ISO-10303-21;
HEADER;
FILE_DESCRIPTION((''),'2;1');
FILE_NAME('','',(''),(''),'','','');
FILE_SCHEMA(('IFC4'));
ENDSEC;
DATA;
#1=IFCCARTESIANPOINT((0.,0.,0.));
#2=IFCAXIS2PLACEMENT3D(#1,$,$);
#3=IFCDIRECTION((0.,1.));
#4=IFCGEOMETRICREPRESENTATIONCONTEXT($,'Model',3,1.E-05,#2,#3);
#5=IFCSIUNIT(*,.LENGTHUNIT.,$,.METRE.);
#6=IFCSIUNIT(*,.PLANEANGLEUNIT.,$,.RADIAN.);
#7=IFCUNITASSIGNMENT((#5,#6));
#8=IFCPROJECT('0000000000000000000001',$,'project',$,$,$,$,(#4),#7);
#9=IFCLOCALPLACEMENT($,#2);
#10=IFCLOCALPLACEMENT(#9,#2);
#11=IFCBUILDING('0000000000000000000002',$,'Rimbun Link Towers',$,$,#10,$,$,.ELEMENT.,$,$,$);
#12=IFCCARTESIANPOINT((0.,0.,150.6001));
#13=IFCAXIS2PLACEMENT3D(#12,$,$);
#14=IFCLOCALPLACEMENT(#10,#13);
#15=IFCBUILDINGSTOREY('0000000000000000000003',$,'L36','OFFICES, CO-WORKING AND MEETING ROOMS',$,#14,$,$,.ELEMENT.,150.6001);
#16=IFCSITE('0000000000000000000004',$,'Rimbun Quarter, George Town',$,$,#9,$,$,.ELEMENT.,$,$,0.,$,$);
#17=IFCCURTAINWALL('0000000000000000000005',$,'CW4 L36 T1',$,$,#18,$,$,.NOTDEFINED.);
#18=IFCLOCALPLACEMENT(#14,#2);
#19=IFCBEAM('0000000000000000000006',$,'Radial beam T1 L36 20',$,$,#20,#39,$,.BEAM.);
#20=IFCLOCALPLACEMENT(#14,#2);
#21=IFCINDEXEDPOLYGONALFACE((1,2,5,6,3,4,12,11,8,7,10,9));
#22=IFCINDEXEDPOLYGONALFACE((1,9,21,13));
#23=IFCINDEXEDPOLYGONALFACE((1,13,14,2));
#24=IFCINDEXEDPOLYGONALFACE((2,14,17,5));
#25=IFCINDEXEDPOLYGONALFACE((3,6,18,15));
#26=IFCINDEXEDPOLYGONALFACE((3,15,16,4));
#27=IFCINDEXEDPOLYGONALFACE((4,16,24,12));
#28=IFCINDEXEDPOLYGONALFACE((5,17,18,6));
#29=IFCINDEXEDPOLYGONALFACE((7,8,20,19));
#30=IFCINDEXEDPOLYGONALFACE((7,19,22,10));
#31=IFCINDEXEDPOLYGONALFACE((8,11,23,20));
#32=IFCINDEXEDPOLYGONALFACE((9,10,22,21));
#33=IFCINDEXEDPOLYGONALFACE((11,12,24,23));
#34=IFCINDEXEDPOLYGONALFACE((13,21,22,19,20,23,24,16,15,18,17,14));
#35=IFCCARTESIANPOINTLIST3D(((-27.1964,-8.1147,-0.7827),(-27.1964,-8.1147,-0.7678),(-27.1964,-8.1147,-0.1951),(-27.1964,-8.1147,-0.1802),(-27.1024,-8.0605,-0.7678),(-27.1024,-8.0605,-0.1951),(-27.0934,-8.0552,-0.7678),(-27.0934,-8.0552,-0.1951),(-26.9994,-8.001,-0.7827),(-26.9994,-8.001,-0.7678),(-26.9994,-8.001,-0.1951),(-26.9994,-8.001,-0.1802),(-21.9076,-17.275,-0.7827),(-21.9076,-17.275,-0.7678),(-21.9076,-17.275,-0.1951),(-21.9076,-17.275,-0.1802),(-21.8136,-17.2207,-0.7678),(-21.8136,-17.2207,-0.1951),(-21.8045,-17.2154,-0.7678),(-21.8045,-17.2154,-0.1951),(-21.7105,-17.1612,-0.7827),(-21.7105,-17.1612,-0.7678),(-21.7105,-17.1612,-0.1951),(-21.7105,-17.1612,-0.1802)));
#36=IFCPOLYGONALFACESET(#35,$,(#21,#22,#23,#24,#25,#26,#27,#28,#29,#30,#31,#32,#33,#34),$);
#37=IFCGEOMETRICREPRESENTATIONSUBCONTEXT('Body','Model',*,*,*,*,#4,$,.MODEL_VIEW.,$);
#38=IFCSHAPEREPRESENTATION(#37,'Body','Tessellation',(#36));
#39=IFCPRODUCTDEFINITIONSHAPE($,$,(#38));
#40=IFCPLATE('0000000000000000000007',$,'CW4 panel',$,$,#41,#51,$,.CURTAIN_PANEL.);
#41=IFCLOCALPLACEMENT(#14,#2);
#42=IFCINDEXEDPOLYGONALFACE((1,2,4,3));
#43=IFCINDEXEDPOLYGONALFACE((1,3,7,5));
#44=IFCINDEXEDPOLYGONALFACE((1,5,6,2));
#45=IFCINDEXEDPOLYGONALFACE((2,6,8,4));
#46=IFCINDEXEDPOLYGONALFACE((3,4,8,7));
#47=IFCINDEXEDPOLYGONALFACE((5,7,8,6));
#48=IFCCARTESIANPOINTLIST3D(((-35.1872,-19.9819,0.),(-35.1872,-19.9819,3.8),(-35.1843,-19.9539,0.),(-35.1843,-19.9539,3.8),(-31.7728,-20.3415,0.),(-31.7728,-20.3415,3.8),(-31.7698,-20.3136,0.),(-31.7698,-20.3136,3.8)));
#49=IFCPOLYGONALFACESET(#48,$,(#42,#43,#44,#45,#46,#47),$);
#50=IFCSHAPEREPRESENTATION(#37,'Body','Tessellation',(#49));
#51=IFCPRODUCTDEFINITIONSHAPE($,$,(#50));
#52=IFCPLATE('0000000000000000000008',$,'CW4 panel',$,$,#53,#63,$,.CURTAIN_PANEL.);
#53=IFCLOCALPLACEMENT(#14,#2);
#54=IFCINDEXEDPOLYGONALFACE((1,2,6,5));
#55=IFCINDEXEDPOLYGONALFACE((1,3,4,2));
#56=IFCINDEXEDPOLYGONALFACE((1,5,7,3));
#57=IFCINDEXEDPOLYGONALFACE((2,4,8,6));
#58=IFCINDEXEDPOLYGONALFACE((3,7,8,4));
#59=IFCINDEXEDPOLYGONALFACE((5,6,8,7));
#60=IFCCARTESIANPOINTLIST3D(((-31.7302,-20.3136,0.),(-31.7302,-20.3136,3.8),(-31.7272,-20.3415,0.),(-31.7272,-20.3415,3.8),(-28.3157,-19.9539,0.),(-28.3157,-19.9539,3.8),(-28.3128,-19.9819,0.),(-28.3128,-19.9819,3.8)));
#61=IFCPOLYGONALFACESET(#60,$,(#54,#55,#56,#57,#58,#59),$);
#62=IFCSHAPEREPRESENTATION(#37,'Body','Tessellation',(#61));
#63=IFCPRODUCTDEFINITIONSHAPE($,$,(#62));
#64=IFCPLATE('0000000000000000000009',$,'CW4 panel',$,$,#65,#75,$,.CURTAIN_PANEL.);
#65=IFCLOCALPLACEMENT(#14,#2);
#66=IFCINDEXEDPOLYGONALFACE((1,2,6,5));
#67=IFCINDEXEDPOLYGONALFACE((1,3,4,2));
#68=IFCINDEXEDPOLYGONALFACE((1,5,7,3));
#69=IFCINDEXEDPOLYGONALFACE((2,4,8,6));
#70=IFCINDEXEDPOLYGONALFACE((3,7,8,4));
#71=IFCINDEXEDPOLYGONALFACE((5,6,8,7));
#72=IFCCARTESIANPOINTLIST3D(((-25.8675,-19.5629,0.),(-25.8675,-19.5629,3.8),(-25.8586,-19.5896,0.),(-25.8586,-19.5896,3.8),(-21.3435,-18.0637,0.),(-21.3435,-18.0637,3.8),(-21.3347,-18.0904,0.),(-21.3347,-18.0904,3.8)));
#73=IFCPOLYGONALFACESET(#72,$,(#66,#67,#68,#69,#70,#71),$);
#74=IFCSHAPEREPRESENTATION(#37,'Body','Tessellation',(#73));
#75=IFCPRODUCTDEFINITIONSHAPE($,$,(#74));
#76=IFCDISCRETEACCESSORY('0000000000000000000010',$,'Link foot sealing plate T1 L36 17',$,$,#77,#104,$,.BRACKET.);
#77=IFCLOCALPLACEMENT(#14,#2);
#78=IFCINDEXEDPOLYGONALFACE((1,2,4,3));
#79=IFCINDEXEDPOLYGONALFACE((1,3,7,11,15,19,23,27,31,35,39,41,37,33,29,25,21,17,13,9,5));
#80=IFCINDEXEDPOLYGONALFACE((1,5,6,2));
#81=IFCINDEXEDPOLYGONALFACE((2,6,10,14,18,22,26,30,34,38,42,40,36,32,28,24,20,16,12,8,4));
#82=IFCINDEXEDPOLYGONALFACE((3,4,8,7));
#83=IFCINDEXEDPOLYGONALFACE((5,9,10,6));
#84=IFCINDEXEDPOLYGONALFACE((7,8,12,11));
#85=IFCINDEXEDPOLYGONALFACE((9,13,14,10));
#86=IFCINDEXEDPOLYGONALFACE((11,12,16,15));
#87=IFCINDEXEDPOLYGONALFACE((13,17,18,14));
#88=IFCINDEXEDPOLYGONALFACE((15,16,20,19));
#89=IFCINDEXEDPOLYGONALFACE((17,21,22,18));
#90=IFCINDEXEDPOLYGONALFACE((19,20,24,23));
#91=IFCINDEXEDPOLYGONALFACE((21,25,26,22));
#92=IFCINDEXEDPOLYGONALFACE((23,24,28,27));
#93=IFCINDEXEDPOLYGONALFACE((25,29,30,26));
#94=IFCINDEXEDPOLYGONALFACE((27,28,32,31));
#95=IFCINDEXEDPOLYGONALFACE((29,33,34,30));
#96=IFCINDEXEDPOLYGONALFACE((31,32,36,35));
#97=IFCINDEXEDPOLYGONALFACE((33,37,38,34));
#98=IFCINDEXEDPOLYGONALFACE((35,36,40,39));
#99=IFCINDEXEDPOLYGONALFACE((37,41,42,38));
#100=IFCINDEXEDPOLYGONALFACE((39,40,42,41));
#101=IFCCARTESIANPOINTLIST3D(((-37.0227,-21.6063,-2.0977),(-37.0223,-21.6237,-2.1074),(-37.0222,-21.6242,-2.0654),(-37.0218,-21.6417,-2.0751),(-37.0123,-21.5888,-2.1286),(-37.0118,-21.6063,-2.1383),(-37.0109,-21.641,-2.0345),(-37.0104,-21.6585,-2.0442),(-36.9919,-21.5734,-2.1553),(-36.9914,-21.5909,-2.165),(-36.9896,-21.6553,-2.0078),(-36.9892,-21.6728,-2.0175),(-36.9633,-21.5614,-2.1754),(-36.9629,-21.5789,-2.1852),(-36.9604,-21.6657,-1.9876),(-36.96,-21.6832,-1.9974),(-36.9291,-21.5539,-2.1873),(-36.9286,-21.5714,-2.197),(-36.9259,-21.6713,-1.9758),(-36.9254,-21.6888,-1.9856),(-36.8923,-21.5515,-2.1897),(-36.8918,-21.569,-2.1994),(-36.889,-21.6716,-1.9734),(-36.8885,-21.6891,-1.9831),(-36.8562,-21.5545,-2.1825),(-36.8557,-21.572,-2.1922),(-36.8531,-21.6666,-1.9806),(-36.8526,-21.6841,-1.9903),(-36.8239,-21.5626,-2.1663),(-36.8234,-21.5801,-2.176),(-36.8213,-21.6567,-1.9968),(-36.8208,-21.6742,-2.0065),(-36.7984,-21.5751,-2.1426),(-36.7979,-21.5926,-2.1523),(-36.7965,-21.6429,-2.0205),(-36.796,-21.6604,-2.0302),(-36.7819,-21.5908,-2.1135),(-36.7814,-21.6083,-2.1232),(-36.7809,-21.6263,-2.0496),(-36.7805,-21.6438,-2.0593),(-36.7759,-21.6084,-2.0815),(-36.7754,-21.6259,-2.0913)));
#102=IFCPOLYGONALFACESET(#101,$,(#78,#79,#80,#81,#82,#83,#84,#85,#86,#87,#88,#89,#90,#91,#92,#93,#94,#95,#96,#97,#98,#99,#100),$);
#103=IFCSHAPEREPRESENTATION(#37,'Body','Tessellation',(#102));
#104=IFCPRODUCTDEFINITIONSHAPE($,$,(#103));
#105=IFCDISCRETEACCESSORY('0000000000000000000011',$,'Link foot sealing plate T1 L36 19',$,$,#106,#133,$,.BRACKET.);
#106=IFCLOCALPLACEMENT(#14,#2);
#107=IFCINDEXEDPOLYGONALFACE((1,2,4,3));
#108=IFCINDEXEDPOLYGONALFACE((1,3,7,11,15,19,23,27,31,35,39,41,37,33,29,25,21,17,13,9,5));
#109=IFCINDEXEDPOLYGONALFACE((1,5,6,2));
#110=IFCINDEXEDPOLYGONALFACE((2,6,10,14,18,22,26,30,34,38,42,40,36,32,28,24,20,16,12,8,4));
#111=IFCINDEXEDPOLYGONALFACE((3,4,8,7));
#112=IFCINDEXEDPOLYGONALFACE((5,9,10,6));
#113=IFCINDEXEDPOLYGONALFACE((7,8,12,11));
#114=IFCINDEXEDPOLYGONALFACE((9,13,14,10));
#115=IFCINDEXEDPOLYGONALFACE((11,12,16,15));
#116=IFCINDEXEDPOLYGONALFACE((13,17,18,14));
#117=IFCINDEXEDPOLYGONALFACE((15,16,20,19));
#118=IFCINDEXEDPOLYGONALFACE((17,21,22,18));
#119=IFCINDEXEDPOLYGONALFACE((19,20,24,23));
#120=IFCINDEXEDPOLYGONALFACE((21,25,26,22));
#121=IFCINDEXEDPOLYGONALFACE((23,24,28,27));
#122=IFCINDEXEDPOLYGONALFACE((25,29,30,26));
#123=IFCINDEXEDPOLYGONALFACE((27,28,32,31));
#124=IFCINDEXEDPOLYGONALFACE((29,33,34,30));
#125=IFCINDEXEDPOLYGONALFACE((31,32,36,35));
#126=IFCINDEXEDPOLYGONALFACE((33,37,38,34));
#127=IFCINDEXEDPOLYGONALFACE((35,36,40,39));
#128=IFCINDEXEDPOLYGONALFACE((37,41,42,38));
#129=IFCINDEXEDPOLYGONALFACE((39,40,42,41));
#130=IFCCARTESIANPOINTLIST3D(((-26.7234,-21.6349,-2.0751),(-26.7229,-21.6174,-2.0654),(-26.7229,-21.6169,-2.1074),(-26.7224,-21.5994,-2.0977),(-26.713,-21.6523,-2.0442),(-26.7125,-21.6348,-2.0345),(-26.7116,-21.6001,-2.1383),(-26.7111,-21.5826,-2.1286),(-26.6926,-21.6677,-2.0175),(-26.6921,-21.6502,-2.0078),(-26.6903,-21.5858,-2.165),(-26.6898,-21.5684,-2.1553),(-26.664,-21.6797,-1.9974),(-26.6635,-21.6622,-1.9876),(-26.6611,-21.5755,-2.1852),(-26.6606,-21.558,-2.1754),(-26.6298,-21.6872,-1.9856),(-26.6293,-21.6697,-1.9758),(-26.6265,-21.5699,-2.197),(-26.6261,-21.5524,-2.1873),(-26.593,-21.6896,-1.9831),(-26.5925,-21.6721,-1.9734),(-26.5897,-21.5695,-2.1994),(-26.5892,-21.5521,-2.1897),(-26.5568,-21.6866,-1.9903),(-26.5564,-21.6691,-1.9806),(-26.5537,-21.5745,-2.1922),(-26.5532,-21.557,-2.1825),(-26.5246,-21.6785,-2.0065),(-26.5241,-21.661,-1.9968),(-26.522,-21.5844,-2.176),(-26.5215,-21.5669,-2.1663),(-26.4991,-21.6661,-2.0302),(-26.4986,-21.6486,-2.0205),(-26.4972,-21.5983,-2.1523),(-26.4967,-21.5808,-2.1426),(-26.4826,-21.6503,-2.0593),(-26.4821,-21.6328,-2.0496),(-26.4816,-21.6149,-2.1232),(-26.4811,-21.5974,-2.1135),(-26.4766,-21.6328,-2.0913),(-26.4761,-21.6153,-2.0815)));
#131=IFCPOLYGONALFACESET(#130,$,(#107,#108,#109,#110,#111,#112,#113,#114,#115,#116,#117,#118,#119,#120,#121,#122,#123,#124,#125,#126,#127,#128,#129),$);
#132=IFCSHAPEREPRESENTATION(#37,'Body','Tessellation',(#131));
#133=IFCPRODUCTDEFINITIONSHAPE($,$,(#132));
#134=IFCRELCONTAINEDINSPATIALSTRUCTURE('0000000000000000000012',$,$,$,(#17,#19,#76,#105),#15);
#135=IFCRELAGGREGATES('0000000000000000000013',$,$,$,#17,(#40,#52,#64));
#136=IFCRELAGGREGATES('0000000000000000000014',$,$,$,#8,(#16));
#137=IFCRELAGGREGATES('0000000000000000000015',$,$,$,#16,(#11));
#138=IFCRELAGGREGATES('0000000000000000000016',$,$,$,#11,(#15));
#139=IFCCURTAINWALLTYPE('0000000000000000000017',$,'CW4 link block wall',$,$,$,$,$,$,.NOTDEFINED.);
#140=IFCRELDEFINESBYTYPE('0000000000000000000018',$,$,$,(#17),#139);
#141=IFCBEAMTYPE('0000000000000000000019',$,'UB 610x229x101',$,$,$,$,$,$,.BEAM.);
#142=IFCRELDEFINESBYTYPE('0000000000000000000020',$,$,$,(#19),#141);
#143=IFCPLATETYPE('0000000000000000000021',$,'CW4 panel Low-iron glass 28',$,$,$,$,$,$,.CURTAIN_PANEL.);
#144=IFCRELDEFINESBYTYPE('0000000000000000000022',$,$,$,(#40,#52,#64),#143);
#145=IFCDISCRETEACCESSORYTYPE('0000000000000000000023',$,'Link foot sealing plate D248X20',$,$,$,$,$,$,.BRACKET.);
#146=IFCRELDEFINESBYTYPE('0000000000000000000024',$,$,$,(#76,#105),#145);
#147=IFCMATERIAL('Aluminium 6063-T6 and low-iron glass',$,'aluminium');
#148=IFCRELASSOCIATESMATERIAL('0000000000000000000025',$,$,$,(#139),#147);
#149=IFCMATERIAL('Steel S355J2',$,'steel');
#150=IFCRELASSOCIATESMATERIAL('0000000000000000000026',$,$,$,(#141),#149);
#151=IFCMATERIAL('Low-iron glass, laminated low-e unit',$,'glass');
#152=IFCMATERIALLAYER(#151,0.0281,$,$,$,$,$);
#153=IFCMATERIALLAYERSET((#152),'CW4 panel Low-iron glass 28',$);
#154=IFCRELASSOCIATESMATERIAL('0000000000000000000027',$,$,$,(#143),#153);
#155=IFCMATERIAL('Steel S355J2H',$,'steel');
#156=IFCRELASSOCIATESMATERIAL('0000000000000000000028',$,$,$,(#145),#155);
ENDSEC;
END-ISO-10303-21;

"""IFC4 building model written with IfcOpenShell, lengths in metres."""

from ifc_helpers import new_model, si_unit, direction, frame, origin, origin_2d, place, context, subcontext, project, spatial, rectangle, circle, i_section, extrude, material, layer, layer_set, material_profile, profile_set, type_object, element, aggregate, save


model = new_model("IFC4")

# Units and contexts
model_context = context("Model", 3, precision=1e-05, world=origin(), true_north=direction((0.0, 1.0)))
body_context = subcontext(model_context, "Body", "Model", "MODEL_VIEW")
ifc_project = project(units=[si_unit("LENGTHUNIT", "METRE"), si_unit("PLANEANGLEUNIT", "RADIAN")], contexts=[model_context])

# Site, building, storey
site_placement = place(None, origin())
site = spatial("IfcSite", under=ifc_project, at=site_placement, Name="Rimbun Quarter, George Town", CompositionType="ELEMENT", RefElevation=0.0)
building_placement = place(site_placement, origin())
building = spatial("IfcBuilding", under=site, at=building_placement, Name="Rimbun Link Towers", CompositionType="ELEMENT")
storey_placement = place(building_placement, frame((0.0, 0.0, 150.6001)))
storey = spatial("IfcBuildingStorey", under=building, at=storey_placement, Name="L36", Description="OFFICES, CO-WORKING AND MEETING ROOMS", CompositionType="ELEMENT", Elevation=150.6001)

# Curtain wall
ifc_material_1 = material(Name="Aluminium 6063-T6 and low-iron glass", Category="aluminium")
curtain_wall_type = type_object("IfcCurtainWallType", Name="CW4 link block wall", PredefinedType="NOTDEFINED", material=ifc_material_1)
curtain_wall_placement = place(storey_placement, origin())
curtain_wall = element("IfcCurtainWall", 1, at=curtain_wall_placement, inside=storey, type_object=curtain_wall_type, Name="CW4 L36 T1", PredefinedType="NOTDEFINED")

# Beam
ifc_material_2 = material(Name="Steel S355J2", Category="steel")
ifc_material_profile_1 = material_profile(ifc_material_2, i_section(OverallWidth=0.2275, OverallDepth=0.6025, WebThickness=0.0105, FlangeThickness=0.0149, at=origin_2d()), Name="UB 610x229x101")
ifc_profile_set_1 = profile_set([ifc_material_profile_1], Name="Steel S355J2")
beam_type_1 = type_object("IfcBeamType", Name="UB 610x229x101", PredefinedType="BEAM", material=ifc_profile_set_1)
for number, where, z_axis, x_axis, name in (
    (2, (-27.0979, -8.0579, -0.4814), (0.500014, -0.866017, 0.0), (0.866017, 0.500014, 0.0), "Radial beam T1 L36 20"),
):
    element("IfcBeam", number, at=place(storey_placement, frame(where, z_axis=z_axis, x_axis=x_axis)), inside=storey, type_object=beam_type_1, Name=name, PredefinedType="BEAM", context=body_context, shape_type="SweptSolid", body=[
        extrude(i_section(OverallWidth=0.2275, OverallDepth=0.6025, WebThickness=0.0105, FlangeThickness=0.0149, at=origin_2d()), origin(), (0.0, 0.0, 1.0), 10.5774),
    ])

# Plates
ifc_material_3 = material(Name="Low-iron glass, laminated low-e unit", Category="glass")
ifc_layer = layer(ifc_material_3, 0.0281)
ifc_layer_set = layer_set([ifc_layer], Name="CW4 panel Low-iron glass 28")
plate_type = type_object("IfcPlateType", Name="CW4 panel Low-iron glass 28", PredefinedType="CURTAIN_PANEL", material=ifc_layer_set)
plate_1_placement = place(storey_placement, frame((-33.4785, -20.1477, 0.0), z_axis=(0.0, 0.0, 1.0), x_axis=(-0.994499, 0.104745, 0.0)))
plate_1 = element("IfcPlate", 3, at=plate_1_placement, type_object=plate_type, Name="CW4 panel", PredefinedType="CURTAIN_PANEL", context=body_context, shape_type="SweptSolid", body=[
    extrude(rectangle(XDim=3.4333, YDim=0.0281, at=origin_2d()), origin(), (0.0, 0.0, 1.0), 3.8),
])
plate_2_placement = place(storey_placement, frame((-30.0215, -20.1477, 0.0), z_axis=(0.0, 0.0, 1.0), x_axis=(-0.994499, -0.104745, 0.0)))
plate_2 = element("IfcPlate", 4, at=plate_2_placement, type_object=plate_type, Name="CW4 panel", PredefinedType="CURTAIN_PANEL", context=body_context, shape_type="SweptSolid", body=[
    extrude(rectangle(XDim=3.4333, YDim=0.0281, at=origin_2d()), origin(), (0.0, 0.0, 1.0), 3.8),
])
plate_3_placement = place(storey_placement, frame((-23.6011, -18.8267, 0.0), z_axis=(0.0, 0.0, 1.0), x_axis=(-0.949235, -0.314568, 0.0)))
plate_3 = element("IfcPlate", 5, at=plate_3_placement, type_object=plate_type, Name="CW4 panel", PredefinedType="CURTAIN_PANEL", context=body_context, shape_type="SweptSolid", body=[
    extrude(rectangle(XDim=4.7659, YDim=0.0281, at=origin_2d()), origin(), (0.0, 0.0, 1.0), 3.8),
])
aggregate(curtain_wall, [plate_1, plate_2, plate_3])

# Discrete accessories
ifc_material_4 = material(Name="Steel S355J2H", Category="steel")
ifc_material_profile_2 = material_profile(ifc_material_4, circle(Radius=0.124, at=origin_2d()), Name="PL D248")
ifc_profile_set_2 = profile_set([ifc_material_profile_2], Name="Steel S355J2H")
discrete_accessory_type = type_object("IfcDiscreteAccessoryType", Name="Link foot sealing plate D248X20", PredefinedType="BRACKET", material=ifc_profile_set_2)
for number, where, z_axis, x_axis, name in (
    (6, (-36.8999, -21.6118, -2.0815), (0.024275, -0.8739, -0.4855), (0.999614, 0.027767, 0.0), "Link foot sealing plate T1 L36 17"),
    (7, (-26.6001, -21.6118, -2.0815), (-0.024275, -0.8739, -0.4855), (0.999614, -0.027767, 0.0), "Link foot sealing plate T1 L36 19"),
):
    element("IfcDiscreteAccessory", number, at=place(storey_placement, frame(where, z_axis=z_axis, x_axis=x_axis)), inside=storey, type_object=discrete_accessory_type, Name=name, PredefinedType="BRACKET", context=body_context, shape_type="SweptSolid", body=[
        extrude(circle(Radius=0.124, at=origin_2d()), origin(), (0.0, 0.0, 1.0), 0.02),
    ])

save(model, "model.ifc")
